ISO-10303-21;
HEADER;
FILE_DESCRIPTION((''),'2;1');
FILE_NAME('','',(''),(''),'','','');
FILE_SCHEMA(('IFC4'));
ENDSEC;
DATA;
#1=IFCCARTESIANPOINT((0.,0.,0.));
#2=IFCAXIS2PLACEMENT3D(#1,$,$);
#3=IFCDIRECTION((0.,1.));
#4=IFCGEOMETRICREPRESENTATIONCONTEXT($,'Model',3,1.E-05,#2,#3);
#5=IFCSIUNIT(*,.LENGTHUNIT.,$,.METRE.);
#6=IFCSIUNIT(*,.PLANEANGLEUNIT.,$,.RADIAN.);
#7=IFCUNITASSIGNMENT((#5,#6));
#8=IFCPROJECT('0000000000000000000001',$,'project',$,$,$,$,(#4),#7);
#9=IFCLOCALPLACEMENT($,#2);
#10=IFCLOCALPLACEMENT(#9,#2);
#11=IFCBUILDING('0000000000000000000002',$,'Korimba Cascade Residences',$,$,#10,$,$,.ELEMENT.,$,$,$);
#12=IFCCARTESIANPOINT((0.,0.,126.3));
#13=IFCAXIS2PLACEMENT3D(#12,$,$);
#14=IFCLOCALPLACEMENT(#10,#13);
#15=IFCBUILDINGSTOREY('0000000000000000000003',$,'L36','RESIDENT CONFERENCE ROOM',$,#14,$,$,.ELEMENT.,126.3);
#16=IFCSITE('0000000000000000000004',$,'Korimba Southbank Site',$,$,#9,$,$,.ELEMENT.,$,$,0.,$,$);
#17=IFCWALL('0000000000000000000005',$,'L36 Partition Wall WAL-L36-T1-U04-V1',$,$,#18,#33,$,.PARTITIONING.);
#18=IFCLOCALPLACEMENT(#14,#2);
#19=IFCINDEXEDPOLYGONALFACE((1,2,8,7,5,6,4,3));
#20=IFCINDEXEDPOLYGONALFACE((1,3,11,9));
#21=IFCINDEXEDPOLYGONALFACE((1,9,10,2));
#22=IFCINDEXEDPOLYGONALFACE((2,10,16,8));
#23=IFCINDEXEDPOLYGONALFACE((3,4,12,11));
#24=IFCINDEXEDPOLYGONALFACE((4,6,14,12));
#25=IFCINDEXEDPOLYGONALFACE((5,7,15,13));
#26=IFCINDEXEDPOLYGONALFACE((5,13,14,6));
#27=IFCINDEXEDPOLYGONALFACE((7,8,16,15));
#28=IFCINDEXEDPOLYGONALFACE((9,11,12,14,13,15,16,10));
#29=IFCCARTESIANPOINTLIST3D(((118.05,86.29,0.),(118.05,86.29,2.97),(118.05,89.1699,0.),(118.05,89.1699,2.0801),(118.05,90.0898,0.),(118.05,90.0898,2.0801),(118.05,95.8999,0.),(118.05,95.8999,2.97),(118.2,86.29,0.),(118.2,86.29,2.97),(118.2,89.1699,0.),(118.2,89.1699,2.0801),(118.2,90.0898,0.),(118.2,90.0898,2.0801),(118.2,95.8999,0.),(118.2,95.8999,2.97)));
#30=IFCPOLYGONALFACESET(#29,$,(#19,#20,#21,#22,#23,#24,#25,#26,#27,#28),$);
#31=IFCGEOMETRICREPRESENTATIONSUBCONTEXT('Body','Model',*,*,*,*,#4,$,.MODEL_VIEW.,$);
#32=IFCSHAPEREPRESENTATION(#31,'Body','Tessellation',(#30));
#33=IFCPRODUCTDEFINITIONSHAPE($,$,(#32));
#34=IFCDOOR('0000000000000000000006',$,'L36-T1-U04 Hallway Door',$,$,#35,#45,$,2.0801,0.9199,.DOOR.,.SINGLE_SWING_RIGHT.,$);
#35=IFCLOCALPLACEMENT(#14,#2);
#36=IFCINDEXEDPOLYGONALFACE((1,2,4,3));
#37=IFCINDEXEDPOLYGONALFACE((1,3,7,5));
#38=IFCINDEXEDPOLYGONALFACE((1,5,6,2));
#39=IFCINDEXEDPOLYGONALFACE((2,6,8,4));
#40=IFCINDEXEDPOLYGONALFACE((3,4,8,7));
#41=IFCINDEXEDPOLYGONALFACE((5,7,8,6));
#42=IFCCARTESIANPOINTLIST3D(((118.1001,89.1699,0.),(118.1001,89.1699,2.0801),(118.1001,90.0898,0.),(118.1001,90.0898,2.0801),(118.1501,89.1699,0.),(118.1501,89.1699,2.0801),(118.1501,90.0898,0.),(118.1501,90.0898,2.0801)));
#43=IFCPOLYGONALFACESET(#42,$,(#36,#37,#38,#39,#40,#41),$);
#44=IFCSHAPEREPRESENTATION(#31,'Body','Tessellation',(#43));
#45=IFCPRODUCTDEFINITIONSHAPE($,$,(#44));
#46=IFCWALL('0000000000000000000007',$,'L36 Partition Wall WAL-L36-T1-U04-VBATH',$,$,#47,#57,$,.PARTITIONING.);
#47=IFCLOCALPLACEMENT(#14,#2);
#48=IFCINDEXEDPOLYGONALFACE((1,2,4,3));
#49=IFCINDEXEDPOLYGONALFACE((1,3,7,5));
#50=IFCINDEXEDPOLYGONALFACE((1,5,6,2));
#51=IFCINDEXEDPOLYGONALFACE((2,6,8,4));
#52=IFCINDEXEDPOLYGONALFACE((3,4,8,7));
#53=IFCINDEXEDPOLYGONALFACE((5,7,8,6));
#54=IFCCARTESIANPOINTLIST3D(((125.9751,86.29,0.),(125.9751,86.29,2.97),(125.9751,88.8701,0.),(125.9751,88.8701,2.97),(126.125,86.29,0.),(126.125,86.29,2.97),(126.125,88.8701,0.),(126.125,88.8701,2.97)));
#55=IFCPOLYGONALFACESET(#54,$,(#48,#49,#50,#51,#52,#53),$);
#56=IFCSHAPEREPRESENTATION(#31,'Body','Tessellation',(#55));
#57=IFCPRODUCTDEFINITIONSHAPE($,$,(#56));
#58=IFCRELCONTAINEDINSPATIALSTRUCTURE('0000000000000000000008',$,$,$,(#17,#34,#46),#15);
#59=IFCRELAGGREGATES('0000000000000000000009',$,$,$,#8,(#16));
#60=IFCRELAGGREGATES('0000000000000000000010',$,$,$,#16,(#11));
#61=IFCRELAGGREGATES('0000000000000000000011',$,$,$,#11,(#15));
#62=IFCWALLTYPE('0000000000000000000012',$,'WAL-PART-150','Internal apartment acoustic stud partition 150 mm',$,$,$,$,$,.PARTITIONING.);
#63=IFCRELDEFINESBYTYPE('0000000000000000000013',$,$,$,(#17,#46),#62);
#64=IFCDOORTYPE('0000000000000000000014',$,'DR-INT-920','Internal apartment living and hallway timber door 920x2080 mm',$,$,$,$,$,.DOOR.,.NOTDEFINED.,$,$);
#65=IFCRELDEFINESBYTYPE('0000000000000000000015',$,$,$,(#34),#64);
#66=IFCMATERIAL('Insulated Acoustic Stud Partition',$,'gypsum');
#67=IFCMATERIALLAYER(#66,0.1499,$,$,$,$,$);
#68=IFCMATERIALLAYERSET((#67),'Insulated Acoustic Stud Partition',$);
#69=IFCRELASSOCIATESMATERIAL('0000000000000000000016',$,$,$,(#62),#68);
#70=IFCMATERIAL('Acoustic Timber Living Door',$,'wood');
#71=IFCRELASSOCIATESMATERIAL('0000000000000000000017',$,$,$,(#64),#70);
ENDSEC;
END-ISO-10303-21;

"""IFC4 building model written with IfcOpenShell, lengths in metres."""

from ifc_helpers import new_model, si_unit, direction, frame, frame_2d, origin, place, context, subcontext, project, spatial, rectangle, extrude, material, layer, layer_set, type_object, element, fill, save


model = new_model("IFC4")

# Units and contexts
model_context = context("Model", 3, precision=1e-05, world=origin(), true_north=direction((0.0, 1.0)))
body_context = subcontext(model_context, "Body", "Model", "MODEL_VIEW")
ifc_project = project(units=[si_unit("LENGTHUNIT", "METRE"), si_unit("PLANEANGLEUNIT", "RADIAN")], contexts=[model_context])

# Site, building, storey
site_placement = place(None, origin())
site = spatial("IfcSite", under=ifc_project, at=site_placement, Name="Korimba Southbank Site", CompositionType="ELEMENT", RefElevation=0.0)
building_placement = place(site_placement, origin())
building = spatial("IfcBuilding", under=site, at=building_placement, Name="Korimba Cascade Residences", CompositionType="ELEMENT")
storey_placement = place(building_placement, frame((0.0, 0.0, 126.3)))
storey = spatial("IfcBuildingStorey", under=building, at=storey_placement, Name="L36", Description="RESIDENT CONFERENCE ROOM", CompositionType="ELEMENT", Elevation=126.3)

# Shared definitions
ifc_material_1 = material(Name="Insulated Acoustic Stud Partition", Category="gypsum")
ifc_layer_1 = layer(ifc_material_1, 0.1499)
ifc_layer_set_1 = layer_set([ifc_layer_1], Name="Insulated Acoustic Stud Partition")
wall_type_1 = type_object("IfcWallType", Name="WAL-PART-150", Description="Internal apartment acoustic stud partition 150 mm", PredefinedType="PARTITIONING", material=ifc_layer_set_1)

# Wall, opening, door
wall_1_placement = place(storey_placement, frame((118.125, 86.29, 0.0), z_axis=(0.0, 0.0, 1.0), x_axis=(0.0, 1.0, 0.0)))
wall_1 = element("IfcWall", 1, at=wall_1_placement, inside=storey, type_object=wall_type_1, Name="L36 Partition Wall WAL-L36-T1-U04-V1", PredefinedType="PARTITIONING", context=body_context, shape_type="SweptSolid", body=[
    extrude(rectangle(XDim=9.6099, YDim=0.1499, at=frame_2d((4.8049, 0.0))), origin(), (0.0, 0.0, 1.0), 2.97),
])
opening_1_placement = place(wall_1_placement, frame((2.8799, 0.0, 0.0)))
opening_1 = element("IfcOpeningElement", 2, at=opening_1_placement, cuts=wall_1, PredefinedType="OPENING", context=body_context, shape_type="SweptSolid", body=[
    extrude(rectangle(XDim=0.9199, YDim=2.0801, at=frame_2d((0.46, 1.04))), frame((0.0, 0.085, 0.0), z_axis=(0.0, -1.0, 0.0), x_axis=(1.0, 0.0, 0.0)), (0.0, 0.0, 1.0), 0.1699),
])
ifc_material_2 = material(Name="Acoustic Timber Living Door", Category="wood")
door_type_1 = type_object("IfcDoorType", Name="DR-INT-920", Description="Internal apartment living and hallway timber door 920x2080 mm", OperationType="NOTDEFINED", PredefinedType="DOOR", material=ifc_material_2)
door_1_placement = place(opening_1_placement, origin())
door_1 = element("IfcDoor", 3, at=door_1_placement, inside=storey, type_object=door_type_1, Name="L36-T1-U04 Hallway Door", OperationType="SINGLE_SWING_RIGHT", OverallHeight=2.0801, OverallWidth=0.9199, PredefinedType="DOOR", context=body_context, shape_type="SweptSolid", body=[
    extrude(rectangle(XDim=0.9199, YDim=2.0801, at=frame_2d((0.46, 1.04))), frame((0.0, 0.0249, 0.0), z_axis=(0.0, -1.0, 0.0), x_axis=(1.0, 0.0, 0.0)), (0.0, 0.0, 1.0), 0.05),
])
fill(opening_1, door_1)

# Wall
wall_2_placement = place(storey_placement, frame((126.05, 86.29, 0.0), z_axis=(0.0, 0.0, 1.0), x_axis=(0.0, 1.0, 0.0)))
element("IfcWall", 4, at=wall_2_placement, inside=storey, type_object=wall_type_1, Name="L36 Partition Wall WAL-L36-T1-U04-VBATH", PredefinedType="PARTITIONING", context=body_context, shape_type="SweptSolid", body=[
    extrude(rectangle(XDim=2.5801, YDim=0.1499, at=frame_2d((1.29, 0.0))), origin(), (0.0, 0.0, 1.0), 2.97),
])

save(model, "model.ifc")
